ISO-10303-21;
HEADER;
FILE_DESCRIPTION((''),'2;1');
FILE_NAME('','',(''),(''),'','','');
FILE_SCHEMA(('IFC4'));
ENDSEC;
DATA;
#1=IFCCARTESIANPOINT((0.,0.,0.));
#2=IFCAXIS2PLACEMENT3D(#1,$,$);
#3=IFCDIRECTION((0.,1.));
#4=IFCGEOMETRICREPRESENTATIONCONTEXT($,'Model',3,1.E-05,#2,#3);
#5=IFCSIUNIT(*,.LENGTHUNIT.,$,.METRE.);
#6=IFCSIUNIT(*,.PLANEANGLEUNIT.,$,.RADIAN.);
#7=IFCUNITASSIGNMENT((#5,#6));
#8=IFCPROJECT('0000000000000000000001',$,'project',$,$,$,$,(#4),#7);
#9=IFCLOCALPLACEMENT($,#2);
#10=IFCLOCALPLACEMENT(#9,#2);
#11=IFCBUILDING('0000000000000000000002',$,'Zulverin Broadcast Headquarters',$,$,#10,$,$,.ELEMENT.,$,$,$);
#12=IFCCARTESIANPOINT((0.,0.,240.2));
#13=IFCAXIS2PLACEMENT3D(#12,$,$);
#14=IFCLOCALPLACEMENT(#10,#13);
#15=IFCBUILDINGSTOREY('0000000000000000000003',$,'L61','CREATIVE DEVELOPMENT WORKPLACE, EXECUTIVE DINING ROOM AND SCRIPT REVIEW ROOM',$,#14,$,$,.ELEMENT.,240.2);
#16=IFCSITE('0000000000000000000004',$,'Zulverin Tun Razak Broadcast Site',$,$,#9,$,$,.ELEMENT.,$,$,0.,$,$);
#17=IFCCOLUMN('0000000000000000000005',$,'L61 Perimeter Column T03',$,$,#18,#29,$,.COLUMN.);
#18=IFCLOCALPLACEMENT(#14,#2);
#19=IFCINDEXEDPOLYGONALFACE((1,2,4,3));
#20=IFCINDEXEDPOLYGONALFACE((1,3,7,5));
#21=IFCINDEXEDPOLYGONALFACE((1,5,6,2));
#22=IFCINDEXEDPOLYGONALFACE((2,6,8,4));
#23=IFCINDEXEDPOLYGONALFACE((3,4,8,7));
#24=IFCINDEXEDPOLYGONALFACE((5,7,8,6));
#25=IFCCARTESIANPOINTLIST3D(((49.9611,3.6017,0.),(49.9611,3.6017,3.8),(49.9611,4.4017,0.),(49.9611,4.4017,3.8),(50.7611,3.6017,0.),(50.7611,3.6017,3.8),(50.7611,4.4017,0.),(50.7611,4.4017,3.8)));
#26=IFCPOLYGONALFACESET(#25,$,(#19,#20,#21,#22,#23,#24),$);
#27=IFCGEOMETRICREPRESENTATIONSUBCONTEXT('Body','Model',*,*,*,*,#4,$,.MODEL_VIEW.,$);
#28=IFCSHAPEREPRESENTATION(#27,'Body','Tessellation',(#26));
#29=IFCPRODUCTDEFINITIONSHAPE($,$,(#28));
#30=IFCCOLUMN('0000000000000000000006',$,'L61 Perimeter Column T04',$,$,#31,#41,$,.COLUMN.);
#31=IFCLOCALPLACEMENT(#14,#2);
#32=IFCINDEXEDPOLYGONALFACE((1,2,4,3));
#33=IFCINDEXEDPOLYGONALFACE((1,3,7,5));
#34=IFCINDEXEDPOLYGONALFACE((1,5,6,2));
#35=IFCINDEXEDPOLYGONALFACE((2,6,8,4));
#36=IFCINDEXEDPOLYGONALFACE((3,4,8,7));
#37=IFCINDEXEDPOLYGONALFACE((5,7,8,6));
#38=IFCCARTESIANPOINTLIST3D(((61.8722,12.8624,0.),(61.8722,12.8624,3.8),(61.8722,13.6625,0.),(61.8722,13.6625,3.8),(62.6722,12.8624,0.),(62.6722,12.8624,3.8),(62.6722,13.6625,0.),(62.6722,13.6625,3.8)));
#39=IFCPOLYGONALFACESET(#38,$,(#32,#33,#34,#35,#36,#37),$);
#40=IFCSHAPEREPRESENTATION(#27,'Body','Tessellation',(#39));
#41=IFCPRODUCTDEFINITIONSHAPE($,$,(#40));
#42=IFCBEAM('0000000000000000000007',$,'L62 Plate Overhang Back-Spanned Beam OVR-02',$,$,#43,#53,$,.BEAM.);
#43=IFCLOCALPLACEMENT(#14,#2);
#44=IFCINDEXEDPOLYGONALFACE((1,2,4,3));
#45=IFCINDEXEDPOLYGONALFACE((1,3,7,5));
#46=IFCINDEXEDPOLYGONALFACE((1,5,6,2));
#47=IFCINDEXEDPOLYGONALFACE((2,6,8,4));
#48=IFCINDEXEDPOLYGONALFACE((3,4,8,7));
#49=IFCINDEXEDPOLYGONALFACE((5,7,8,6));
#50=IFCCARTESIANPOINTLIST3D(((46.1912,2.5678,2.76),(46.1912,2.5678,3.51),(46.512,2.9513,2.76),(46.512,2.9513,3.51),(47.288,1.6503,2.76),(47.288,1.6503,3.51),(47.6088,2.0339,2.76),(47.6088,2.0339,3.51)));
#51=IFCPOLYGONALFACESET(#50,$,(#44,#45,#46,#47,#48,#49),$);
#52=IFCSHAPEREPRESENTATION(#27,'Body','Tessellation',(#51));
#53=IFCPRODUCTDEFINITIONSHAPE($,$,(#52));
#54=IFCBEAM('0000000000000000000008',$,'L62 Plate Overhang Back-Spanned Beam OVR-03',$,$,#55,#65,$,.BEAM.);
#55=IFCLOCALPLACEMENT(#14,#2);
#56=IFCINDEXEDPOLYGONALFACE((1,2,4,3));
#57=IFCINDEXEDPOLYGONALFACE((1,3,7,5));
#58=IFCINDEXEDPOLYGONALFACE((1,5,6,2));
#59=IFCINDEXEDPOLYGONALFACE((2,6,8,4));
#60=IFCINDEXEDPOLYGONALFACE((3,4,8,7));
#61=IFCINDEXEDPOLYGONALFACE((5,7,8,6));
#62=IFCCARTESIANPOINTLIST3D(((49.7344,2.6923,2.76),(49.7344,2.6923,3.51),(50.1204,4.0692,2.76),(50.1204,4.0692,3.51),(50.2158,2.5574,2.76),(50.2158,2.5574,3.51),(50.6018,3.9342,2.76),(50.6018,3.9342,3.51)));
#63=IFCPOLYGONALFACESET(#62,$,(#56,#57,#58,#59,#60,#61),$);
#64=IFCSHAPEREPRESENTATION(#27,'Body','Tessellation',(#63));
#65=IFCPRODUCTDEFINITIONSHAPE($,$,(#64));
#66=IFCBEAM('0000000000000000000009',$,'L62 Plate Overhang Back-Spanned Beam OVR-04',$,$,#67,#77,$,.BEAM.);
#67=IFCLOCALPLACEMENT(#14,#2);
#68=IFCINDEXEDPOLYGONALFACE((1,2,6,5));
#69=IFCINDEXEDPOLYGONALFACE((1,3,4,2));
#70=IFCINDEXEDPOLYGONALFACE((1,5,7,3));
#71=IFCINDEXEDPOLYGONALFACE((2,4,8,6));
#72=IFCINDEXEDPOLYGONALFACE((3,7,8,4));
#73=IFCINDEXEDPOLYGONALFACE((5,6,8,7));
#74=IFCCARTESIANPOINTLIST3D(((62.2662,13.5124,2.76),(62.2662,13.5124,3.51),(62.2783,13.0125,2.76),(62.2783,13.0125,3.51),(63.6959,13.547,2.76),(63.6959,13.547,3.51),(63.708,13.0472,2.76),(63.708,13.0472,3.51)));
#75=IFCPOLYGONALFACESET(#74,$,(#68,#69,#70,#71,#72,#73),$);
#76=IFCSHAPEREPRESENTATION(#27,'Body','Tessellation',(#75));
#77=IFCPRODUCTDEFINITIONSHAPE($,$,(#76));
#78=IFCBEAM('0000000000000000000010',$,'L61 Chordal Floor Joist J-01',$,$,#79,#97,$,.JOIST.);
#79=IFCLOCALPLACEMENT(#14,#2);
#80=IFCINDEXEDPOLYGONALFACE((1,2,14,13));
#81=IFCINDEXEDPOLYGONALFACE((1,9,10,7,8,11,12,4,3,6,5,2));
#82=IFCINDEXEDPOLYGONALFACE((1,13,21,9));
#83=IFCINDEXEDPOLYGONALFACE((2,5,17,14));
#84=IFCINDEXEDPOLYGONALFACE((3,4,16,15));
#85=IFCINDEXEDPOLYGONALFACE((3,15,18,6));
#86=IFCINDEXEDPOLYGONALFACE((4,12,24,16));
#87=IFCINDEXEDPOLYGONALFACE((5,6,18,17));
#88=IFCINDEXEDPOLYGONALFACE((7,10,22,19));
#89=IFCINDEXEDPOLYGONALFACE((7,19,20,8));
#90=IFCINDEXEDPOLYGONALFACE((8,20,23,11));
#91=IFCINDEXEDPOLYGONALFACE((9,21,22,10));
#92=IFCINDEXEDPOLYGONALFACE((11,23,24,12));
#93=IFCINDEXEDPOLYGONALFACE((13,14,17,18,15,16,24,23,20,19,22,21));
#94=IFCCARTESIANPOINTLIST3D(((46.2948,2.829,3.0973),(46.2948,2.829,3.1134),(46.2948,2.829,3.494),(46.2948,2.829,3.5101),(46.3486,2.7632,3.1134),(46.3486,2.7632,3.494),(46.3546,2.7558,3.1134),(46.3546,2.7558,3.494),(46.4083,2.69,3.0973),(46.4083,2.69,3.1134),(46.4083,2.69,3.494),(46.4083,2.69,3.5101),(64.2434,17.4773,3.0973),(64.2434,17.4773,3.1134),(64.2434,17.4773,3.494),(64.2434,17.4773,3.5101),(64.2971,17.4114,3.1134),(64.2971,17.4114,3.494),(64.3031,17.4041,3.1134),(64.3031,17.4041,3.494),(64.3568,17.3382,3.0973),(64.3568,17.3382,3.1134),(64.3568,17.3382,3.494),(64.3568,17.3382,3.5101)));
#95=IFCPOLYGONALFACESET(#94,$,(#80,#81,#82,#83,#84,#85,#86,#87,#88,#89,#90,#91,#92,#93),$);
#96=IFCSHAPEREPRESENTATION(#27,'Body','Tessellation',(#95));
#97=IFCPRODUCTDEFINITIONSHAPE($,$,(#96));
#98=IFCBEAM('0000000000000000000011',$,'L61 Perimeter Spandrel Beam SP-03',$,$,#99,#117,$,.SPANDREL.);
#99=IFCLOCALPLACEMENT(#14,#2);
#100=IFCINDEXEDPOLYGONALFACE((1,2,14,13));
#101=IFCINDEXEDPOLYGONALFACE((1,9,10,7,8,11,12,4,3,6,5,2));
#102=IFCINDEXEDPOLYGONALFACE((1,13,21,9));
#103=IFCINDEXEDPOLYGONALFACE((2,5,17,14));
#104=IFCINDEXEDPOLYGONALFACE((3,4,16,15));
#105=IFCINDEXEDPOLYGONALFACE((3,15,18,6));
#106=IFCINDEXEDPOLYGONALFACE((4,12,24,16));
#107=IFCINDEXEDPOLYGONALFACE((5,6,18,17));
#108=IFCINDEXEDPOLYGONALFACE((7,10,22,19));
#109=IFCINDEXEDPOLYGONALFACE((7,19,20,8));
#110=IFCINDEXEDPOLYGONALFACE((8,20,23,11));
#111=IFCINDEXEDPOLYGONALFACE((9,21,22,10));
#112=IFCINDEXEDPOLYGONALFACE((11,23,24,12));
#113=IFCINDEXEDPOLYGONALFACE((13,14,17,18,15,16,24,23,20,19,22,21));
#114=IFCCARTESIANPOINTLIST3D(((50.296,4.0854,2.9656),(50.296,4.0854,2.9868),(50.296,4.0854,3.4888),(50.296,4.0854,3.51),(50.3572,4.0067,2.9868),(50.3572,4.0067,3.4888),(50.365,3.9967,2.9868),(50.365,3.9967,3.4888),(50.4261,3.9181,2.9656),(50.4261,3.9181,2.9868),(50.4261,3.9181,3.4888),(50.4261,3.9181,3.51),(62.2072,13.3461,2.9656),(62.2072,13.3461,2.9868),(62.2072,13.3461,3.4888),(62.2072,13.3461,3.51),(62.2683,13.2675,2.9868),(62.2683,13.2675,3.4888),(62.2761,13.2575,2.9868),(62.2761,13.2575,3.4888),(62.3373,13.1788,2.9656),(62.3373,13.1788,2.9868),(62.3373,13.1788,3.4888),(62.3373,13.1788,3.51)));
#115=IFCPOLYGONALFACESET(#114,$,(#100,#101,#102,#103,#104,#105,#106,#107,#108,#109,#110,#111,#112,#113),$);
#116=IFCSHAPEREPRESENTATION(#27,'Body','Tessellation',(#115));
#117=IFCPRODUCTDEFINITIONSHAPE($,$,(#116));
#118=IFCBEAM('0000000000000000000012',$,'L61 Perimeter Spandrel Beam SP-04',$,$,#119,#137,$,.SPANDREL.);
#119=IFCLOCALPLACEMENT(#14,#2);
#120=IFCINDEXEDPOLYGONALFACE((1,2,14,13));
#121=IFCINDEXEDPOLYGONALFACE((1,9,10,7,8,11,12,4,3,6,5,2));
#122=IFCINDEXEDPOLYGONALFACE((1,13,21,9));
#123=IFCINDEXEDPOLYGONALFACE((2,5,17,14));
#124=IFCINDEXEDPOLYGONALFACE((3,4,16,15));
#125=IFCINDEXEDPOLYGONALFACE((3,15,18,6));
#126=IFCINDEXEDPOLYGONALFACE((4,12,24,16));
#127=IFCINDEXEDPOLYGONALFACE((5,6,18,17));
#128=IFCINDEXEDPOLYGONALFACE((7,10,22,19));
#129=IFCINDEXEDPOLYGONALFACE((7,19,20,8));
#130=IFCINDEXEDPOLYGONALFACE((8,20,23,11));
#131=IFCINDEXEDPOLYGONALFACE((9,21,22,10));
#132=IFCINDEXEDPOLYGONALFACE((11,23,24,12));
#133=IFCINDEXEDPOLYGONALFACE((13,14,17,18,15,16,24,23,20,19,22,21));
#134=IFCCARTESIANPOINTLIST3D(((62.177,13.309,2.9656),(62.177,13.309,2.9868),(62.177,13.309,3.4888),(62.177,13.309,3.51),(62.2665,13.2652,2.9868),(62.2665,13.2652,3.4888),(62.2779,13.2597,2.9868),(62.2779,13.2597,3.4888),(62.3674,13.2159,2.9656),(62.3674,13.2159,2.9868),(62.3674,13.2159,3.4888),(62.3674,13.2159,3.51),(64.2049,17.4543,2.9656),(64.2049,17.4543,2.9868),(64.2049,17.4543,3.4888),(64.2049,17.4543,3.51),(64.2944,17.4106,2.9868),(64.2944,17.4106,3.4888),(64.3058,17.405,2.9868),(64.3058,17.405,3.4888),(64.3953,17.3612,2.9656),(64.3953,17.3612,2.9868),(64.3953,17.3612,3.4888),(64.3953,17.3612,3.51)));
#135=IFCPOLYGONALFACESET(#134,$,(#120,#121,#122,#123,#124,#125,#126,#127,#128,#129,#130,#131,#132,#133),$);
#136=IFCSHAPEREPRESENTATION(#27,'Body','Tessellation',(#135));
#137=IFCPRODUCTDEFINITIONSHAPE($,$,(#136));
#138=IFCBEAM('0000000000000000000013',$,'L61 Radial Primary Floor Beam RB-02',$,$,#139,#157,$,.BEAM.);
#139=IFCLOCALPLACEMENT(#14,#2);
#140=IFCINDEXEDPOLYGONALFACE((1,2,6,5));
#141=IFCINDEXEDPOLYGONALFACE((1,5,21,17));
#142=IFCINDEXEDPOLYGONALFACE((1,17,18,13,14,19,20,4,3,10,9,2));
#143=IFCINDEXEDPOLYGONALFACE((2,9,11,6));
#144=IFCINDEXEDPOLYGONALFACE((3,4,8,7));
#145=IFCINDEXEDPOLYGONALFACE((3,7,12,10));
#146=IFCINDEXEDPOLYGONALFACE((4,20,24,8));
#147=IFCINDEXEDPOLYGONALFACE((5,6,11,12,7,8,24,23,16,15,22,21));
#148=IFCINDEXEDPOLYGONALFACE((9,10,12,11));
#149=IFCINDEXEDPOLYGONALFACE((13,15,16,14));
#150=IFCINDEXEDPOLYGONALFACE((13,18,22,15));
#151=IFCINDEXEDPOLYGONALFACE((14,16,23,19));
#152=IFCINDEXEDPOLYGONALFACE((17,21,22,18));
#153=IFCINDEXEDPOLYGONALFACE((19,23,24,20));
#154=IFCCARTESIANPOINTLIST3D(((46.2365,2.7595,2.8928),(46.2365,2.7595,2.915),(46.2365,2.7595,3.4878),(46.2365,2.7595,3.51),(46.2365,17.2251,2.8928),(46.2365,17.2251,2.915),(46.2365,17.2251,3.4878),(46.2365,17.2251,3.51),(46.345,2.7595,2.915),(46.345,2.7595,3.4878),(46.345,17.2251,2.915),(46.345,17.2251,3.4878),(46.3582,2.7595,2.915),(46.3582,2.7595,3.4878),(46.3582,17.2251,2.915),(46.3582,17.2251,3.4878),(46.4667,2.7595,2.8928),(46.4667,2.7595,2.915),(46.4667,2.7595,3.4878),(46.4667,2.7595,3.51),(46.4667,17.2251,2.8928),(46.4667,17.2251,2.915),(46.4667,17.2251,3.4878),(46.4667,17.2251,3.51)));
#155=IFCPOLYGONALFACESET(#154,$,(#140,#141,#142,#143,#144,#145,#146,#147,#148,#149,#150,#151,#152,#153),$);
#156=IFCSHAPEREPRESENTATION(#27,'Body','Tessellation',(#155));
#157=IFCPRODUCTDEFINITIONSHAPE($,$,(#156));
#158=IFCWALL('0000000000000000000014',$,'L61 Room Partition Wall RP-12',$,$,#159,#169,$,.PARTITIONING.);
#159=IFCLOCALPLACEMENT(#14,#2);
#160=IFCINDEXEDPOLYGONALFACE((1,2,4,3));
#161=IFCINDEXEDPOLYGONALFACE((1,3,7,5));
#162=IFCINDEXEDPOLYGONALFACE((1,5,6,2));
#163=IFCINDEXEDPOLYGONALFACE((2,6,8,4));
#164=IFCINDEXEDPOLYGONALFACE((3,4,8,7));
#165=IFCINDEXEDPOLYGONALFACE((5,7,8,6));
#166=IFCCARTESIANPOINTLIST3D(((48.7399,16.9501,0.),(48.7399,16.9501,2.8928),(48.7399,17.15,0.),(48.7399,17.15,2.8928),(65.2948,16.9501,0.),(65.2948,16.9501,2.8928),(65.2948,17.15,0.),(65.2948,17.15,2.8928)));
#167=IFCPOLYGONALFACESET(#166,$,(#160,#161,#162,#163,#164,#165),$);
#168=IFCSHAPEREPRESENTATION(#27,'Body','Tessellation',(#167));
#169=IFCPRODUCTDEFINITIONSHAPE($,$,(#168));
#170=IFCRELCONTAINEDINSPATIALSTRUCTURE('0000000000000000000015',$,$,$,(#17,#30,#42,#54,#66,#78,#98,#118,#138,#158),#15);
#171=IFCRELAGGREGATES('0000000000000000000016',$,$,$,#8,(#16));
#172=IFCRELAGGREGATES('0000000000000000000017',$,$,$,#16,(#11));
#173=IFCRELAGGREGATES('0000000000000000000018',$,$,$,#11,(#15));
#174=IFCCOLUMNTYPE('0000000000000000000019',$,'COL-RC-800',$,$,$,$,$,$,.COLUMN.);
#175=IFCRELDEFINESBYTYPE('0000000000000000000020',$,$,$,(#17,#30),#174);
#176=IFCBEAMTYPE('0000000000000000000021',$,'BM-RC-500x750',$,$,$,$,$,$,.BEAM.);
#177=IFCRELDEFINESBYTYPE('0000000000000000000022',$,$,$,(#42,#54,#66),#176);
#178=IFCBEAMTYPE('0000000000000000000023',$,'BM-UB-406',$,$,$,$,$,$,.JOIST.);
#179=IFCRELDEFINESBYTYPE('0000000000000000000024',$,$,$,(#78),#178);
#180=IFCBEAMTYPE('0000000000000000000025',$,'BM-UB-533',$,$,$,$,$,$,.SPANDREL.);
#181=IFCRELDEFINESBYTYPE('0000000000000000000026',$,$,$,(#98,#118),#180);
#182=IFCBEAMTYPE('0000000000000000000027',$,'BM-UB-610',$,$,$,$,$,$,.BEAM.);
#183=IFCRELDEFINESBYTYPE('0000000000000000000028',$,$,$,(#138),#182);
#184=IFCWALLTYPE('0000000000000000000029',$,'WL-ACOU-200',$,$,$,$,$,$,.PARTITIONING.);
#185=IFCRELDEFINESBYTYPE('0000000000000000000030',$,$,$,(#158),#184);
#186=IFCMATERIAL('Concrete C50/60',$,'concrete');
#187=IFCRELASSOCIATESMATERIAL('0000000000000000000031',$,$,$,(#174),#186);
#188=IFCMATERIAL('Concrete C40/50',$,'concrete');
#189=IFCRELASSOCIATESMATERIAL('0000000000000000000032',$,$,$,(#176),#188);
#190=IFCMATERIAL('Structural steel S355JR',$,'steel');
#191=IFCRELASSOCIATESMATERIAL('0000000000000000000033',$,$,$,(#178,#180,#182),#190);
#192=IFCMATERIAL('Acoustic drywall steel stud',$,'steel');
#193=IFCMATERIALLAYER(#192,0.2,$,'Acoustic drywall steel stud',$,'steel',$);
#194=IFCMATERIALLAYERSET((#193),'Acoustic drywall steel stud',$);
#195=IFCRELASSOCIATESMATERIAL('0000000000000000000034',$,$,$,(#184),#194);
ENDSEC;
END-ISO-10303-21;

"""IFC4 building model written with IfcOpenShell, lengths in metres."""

from ifc_helpers import new_model, si_unit, direction, frame, frame_2d, origin, origin_2d, place, context, subcontext, project, spatial, rectangle, i_section, extrude, material, layer, layer_set, material_profile, profile_set, type_object, element, save


model = new_model("IFC4")

# Units and contexts
model_context = context("Model", 3, precision=1e-05, world=origin(), true_north=direction((0.0, 1.0)))
body_context = subcontext(model_context, "Body", "Model", "MODEL_VIEW")
ifc_project = project(units=[si_unit("LENGTHUNIT", "METRE"), si_unit("PLANEANGLEUNIT", "RADIAN")], contexts=[model_context])

# Site, building, storey
site_placement = place(None, origin())
site = spatial("IfcSite", under=ifc_project, at=site_placement, Name="Zulverin Tun Razak Broadcast Site", CompositionType="ELEMENT", RefElevation=0.0)
building_placement = place(site_placement, origin())
building = spatial("IfcBuilding", under=site, at=building_placement, Name="Zulverin Broadcast Headquarters", CompositionType="ELEMENT")
storey_placement = place(building_placement, frame((0.0, 0.0, 240.2)))
storey = spatial("IfcBuildingStorey", under=building, at=storey_placement, Name="L61", Description="CREATIVE DEVELOPMENT WORKPLACE, EXECUTIVE DINING ROOM AND SCRIPT REVIEW ROOM", CompositionType="ELEMENT", Elevation=240.2)

# Columns
ifc_material_1 = material(Name="Concrete C50/60", Category="concrete")
ifc_material_profile_1 = material_profile(ifc_material_1, rectangle(XDim=0.8, YDim=0.8, at=origin_2d()), Name="Concrete C50/60", Category="concrete")
ifc_profile_set_1 = profile_set([ifc_material_profile_1], Name="Concrete C50/60")
column_type = type_object("IfcColumnType", Name="COL-RC-800", PredefinedType="COLUMN", material=ifc_profile_set_1)
for number, where, z_axis, x_axis, name in (
    (1, (50.3611, 4.0017, 0.0), (0.0, 0.0, 1.0), (1.0, 0.0, 0.0), "L61 Perimeter Column T03"),
    (2, (62.2722, 13.2625, 0.0), (0.0, 0.0, 1.0), (1.0, 0.0, 0.0), "L61 Perimeter Column T04"),
):
    element("IfcColumn", number, at=place(storey_placement, frame(where, z_axis=z_axis, x_axis=x_axis)), inside=storey, type_object=column_type, Name=name, PredefinedType="COLUMN", context=body_context, shape_type="SweptSolid", body=[
        extrude(rectangle(XDim=0.8, YDim=0.8, at=origin_2d()), origin(), (0.0, 0.0, 1.0), 3.8),
    ])

# Beams
ifc_material_2 = material(Name="Concrete C40/50", Category="concrete")
ifc_material_profile_2 = material_profile(ifc_material_2, rectangle(XDim=0.5, YDim=0.75, at=origin_2d()), Name="Concrete C40/50", Category="concrete")
ifc_profile_set_2 = profile_set([ifc_material_profile_2], Name="Concrete C40/50")
beam_type_1 = type_object("IfcBeamType", Name="BM-RC-500x750", PredefinedType="BEAM", material=ifc_profile_set_2)
for number, where, z_axis, x_axis, name in (
    (3, (46.3516, 2.7595, 3.135), (0.767059, -0.641577, 0.0), (0.641577, 0.767059, 0.0), "L62 Plate Overhang Back-Spanned Beam OVR-02"),
    (4, (50.3611, 4.0017, 3.135), (-0.269915, -0.962884, 0.0), (0.962884, -0.269915, 0.0), "L62 Plate Overhang Back-Spanned Beam OVR-03"),
):
    element("IfcBeam", number, at=place(storey_placement, frame(where, z_axis=z_axis, x_axis=x_axis)), inside=storey, type_object=beam_type_1, Name=name, PredefinedType="BEAM", context=body_context, shape_type="SweptSolid", body=[
        extrude(rectangle(XDim=0.5, YDim=0.75, at=origin_2d()), origin(), (0.0, 0.0, 1.0), 1.4299),
    ])
beam_1_placement = place(storey_placement, frame((62.2722, 13.2625, 3.135), z_axis=(0.999706, 0.024242, 0.0), x_axis=(-0.024242, 0.999706, 0.0)))
element("IfcBeam", 5, at=beam_1_placement, inside=storey, type_object=beam_type_1, Name="L62 Plate Overhang Back-Spanned Beam OVR-04", PredefinedType="BEAM", context=body_context, shape_type="SweptSolid", body=[
    extrude(rectangle(XDim=0.5, YDim=0.75, at=origin_2d()), origin(), (0.0, 0.0, 1.0), 1.4302),
])
ifc_material_3 = material(Name="Structural steel S355JR", Category="steel")
ifc_material_profile_3 = material_profile(ifc_material_3, i_section(OverallWidth=0.1794, OverallDepth=0.4128, WebThickness=0.0095, FlangeThickness=0.0161, at=origin_2d()), Name="Structural steel S355JR", Category="steel")
ifc_profile_set_3 = profile_set([ifc_material_profile_3], Name="Structural steel S355JR")
beam_type_2 = type_object("IfcBeamType", Name="BM-UB-406", PredefinedType="JOIST", material=ifc_profile_set_3)
beam_2_placement = place(storey_placement, frame((46.3516, 2.7595, 3.3037), z_axis=(0.774738, 0.632282, 0.0), x_axis=(-0.632282, 0.774738, 0.0)))
element("IfcBeam", 6, at=beam_2_placement, inside=storey, type_object=beam_type_2, Name="L61 Chordal Floor Joist J-01", PredefinedType="JOIST", context=body_context, shape_type="SweptSolid", body=[
    extrude(i_section(OverallWidth=0.1794, OverallDepth=0.4128, WebThickness=0.0095, FlangeThickness=0.0161, at=origin_2d()), origin(), (0.0, 0.0, 1.0), 23.1672),
])
ifc_material_profile_4 = material_profile(ifc_material_3, i_section(OverallWidth=0.2119, OverallDepth=0.5444, WebThickness=0.0127, FlangeThickness=0.0212, at=origin_2d()), Name="Structural steel S355JR", Category="steel")
ifc_profile_set_4 = profile_set([ifc_material_profile_4], Name="Structural steel S355JR")
beam_type_3 = type_object("IfcBeamType", Name="BM-UB-533", PredefinedType="SPANDREL", material=ifc_profile_set_4)
beam_3_placement = place(storey_placement, frame((50.3611, 4.0017, 3.2378), z_axis=(0.789464, 0.613797, 0.0), x_axis=(-0.613797, 0.789464, 0.0)))
element("IfcBeam", 7, at=beam_3_placement, inside=storey, type_object=beam_type_3, Name="L61 Perimeter Spandrel Beam SP-03", PredefinedType="SPANDREL", context=body_context, shape_type="SweptSolid", body=[
    extrude(i_section(OverallWidth=0.2119, OverallDepth=0.5444, WebThickness=0.0127, FlangeThickness=0.0212, at=origin_2d()), origin(), (0.0, 0.0, 1.0), 15.0876),
])
beam_4_placement = place(storey_placement, frame((62.2722, 13.2625, 3.2378), z_axis=(0.43943, 0.898277, 0.0), x_axis=(-0.898277, 0.43943, 0.0)))
element("IfcBeam", 8, at=beam_4_placement, inside=storey, type_object=beam_type_3, Name="L61 Perimeter Spandrel Beam SP-04", PredefinedType="SPANDREL", context=body_context, shape_type="SweptSolid", body=[
    extrude(i_section(OverallWidth=0.2119, OverallDepth=0.5444, WebThickness=0.0127, FlangeThickness=0.0212, at=origin_2d()), origin(), (0.0, 0.0, 1.0), 4.6147),
])
ifc_material_profile_5 = material_profile(ifc_material_3, i_section(OverallWidth=0.2302, OverallDepth=0.6172, WebThickness=0.0132, FlangeThickness=0.0222, at=origin_2d()), Name="Structural steel S355JR", Category="steel")
ifc_profile_set_5 = profile_set([ifc_material_profile_5], Name="Structural steel S355JR")
beam_type_4 = type_object("IfcBeamType", Name="BM-UB-610", PredefinedType="BEAM", material=ifc_profile_set_5)
beam_5_placement = place(storey_placement, frame((46.3516, 17.2251, 3.2014), z_axis=(0.0, -1.0, 0.0), x_axis=(1.0, 0.0, 0.0)))
element("IfcBeam", 9, at=beam_5_placement, inside=storey, type_object=beam_type_4, Name="L61 Radial Primary Floor Beam RB-02", PredefinedType="BEAM", context=body_context, shape_type="SweptSolid", body=[
    extrude(i_section(OverallWidth=0.2302, OverallDepth=0.6172, WebThickness=0.0132, FlangeThickness=0.0222, at=origin_2d()), origin(), (0.0, 0.0, 1.0), 14.4656),
])

# Wall
ifc_material_4 = material(Name="Acoustic drywall steel stud", Category="steel")
ifc_layer_1 = layer(ifc_material_4, 0.2, Name="Acoustic drywall steel stud", Category="steel")
ifc_layer_set_1 = layer_set([ifc_layer_1], Name="Acoustic drywall steel stud")
wall_type_1 = type_object("IfcWallType", Name="WL-ACOU-200", PredefinedType="PARTITIONING", material=ifc_layer_set_1)
wall_1_placement = place(storey_placement, frame((48.74, 17.05, 0.0), z_axis=(0.0, 0.0, 1.0), x_axis=(1.0, 0.0, 0.0)))
element("IfcWall", 10, at=wall_1_placement, inside=storey, type_object=wall_type_1, Name="L61 Room Partition Wall RP-12", PredefinedType="PARTITIONING", context=body_context, shape_type="SweptSolid", body=[
    extrude(rectangle(XDim=16.5549, YDim=0.2, at=frame_2d((8.2773, 0.0))), origin(), (0.0, 0.0, 1.0), 2.8928),
])

save(model, "model.ifc")
